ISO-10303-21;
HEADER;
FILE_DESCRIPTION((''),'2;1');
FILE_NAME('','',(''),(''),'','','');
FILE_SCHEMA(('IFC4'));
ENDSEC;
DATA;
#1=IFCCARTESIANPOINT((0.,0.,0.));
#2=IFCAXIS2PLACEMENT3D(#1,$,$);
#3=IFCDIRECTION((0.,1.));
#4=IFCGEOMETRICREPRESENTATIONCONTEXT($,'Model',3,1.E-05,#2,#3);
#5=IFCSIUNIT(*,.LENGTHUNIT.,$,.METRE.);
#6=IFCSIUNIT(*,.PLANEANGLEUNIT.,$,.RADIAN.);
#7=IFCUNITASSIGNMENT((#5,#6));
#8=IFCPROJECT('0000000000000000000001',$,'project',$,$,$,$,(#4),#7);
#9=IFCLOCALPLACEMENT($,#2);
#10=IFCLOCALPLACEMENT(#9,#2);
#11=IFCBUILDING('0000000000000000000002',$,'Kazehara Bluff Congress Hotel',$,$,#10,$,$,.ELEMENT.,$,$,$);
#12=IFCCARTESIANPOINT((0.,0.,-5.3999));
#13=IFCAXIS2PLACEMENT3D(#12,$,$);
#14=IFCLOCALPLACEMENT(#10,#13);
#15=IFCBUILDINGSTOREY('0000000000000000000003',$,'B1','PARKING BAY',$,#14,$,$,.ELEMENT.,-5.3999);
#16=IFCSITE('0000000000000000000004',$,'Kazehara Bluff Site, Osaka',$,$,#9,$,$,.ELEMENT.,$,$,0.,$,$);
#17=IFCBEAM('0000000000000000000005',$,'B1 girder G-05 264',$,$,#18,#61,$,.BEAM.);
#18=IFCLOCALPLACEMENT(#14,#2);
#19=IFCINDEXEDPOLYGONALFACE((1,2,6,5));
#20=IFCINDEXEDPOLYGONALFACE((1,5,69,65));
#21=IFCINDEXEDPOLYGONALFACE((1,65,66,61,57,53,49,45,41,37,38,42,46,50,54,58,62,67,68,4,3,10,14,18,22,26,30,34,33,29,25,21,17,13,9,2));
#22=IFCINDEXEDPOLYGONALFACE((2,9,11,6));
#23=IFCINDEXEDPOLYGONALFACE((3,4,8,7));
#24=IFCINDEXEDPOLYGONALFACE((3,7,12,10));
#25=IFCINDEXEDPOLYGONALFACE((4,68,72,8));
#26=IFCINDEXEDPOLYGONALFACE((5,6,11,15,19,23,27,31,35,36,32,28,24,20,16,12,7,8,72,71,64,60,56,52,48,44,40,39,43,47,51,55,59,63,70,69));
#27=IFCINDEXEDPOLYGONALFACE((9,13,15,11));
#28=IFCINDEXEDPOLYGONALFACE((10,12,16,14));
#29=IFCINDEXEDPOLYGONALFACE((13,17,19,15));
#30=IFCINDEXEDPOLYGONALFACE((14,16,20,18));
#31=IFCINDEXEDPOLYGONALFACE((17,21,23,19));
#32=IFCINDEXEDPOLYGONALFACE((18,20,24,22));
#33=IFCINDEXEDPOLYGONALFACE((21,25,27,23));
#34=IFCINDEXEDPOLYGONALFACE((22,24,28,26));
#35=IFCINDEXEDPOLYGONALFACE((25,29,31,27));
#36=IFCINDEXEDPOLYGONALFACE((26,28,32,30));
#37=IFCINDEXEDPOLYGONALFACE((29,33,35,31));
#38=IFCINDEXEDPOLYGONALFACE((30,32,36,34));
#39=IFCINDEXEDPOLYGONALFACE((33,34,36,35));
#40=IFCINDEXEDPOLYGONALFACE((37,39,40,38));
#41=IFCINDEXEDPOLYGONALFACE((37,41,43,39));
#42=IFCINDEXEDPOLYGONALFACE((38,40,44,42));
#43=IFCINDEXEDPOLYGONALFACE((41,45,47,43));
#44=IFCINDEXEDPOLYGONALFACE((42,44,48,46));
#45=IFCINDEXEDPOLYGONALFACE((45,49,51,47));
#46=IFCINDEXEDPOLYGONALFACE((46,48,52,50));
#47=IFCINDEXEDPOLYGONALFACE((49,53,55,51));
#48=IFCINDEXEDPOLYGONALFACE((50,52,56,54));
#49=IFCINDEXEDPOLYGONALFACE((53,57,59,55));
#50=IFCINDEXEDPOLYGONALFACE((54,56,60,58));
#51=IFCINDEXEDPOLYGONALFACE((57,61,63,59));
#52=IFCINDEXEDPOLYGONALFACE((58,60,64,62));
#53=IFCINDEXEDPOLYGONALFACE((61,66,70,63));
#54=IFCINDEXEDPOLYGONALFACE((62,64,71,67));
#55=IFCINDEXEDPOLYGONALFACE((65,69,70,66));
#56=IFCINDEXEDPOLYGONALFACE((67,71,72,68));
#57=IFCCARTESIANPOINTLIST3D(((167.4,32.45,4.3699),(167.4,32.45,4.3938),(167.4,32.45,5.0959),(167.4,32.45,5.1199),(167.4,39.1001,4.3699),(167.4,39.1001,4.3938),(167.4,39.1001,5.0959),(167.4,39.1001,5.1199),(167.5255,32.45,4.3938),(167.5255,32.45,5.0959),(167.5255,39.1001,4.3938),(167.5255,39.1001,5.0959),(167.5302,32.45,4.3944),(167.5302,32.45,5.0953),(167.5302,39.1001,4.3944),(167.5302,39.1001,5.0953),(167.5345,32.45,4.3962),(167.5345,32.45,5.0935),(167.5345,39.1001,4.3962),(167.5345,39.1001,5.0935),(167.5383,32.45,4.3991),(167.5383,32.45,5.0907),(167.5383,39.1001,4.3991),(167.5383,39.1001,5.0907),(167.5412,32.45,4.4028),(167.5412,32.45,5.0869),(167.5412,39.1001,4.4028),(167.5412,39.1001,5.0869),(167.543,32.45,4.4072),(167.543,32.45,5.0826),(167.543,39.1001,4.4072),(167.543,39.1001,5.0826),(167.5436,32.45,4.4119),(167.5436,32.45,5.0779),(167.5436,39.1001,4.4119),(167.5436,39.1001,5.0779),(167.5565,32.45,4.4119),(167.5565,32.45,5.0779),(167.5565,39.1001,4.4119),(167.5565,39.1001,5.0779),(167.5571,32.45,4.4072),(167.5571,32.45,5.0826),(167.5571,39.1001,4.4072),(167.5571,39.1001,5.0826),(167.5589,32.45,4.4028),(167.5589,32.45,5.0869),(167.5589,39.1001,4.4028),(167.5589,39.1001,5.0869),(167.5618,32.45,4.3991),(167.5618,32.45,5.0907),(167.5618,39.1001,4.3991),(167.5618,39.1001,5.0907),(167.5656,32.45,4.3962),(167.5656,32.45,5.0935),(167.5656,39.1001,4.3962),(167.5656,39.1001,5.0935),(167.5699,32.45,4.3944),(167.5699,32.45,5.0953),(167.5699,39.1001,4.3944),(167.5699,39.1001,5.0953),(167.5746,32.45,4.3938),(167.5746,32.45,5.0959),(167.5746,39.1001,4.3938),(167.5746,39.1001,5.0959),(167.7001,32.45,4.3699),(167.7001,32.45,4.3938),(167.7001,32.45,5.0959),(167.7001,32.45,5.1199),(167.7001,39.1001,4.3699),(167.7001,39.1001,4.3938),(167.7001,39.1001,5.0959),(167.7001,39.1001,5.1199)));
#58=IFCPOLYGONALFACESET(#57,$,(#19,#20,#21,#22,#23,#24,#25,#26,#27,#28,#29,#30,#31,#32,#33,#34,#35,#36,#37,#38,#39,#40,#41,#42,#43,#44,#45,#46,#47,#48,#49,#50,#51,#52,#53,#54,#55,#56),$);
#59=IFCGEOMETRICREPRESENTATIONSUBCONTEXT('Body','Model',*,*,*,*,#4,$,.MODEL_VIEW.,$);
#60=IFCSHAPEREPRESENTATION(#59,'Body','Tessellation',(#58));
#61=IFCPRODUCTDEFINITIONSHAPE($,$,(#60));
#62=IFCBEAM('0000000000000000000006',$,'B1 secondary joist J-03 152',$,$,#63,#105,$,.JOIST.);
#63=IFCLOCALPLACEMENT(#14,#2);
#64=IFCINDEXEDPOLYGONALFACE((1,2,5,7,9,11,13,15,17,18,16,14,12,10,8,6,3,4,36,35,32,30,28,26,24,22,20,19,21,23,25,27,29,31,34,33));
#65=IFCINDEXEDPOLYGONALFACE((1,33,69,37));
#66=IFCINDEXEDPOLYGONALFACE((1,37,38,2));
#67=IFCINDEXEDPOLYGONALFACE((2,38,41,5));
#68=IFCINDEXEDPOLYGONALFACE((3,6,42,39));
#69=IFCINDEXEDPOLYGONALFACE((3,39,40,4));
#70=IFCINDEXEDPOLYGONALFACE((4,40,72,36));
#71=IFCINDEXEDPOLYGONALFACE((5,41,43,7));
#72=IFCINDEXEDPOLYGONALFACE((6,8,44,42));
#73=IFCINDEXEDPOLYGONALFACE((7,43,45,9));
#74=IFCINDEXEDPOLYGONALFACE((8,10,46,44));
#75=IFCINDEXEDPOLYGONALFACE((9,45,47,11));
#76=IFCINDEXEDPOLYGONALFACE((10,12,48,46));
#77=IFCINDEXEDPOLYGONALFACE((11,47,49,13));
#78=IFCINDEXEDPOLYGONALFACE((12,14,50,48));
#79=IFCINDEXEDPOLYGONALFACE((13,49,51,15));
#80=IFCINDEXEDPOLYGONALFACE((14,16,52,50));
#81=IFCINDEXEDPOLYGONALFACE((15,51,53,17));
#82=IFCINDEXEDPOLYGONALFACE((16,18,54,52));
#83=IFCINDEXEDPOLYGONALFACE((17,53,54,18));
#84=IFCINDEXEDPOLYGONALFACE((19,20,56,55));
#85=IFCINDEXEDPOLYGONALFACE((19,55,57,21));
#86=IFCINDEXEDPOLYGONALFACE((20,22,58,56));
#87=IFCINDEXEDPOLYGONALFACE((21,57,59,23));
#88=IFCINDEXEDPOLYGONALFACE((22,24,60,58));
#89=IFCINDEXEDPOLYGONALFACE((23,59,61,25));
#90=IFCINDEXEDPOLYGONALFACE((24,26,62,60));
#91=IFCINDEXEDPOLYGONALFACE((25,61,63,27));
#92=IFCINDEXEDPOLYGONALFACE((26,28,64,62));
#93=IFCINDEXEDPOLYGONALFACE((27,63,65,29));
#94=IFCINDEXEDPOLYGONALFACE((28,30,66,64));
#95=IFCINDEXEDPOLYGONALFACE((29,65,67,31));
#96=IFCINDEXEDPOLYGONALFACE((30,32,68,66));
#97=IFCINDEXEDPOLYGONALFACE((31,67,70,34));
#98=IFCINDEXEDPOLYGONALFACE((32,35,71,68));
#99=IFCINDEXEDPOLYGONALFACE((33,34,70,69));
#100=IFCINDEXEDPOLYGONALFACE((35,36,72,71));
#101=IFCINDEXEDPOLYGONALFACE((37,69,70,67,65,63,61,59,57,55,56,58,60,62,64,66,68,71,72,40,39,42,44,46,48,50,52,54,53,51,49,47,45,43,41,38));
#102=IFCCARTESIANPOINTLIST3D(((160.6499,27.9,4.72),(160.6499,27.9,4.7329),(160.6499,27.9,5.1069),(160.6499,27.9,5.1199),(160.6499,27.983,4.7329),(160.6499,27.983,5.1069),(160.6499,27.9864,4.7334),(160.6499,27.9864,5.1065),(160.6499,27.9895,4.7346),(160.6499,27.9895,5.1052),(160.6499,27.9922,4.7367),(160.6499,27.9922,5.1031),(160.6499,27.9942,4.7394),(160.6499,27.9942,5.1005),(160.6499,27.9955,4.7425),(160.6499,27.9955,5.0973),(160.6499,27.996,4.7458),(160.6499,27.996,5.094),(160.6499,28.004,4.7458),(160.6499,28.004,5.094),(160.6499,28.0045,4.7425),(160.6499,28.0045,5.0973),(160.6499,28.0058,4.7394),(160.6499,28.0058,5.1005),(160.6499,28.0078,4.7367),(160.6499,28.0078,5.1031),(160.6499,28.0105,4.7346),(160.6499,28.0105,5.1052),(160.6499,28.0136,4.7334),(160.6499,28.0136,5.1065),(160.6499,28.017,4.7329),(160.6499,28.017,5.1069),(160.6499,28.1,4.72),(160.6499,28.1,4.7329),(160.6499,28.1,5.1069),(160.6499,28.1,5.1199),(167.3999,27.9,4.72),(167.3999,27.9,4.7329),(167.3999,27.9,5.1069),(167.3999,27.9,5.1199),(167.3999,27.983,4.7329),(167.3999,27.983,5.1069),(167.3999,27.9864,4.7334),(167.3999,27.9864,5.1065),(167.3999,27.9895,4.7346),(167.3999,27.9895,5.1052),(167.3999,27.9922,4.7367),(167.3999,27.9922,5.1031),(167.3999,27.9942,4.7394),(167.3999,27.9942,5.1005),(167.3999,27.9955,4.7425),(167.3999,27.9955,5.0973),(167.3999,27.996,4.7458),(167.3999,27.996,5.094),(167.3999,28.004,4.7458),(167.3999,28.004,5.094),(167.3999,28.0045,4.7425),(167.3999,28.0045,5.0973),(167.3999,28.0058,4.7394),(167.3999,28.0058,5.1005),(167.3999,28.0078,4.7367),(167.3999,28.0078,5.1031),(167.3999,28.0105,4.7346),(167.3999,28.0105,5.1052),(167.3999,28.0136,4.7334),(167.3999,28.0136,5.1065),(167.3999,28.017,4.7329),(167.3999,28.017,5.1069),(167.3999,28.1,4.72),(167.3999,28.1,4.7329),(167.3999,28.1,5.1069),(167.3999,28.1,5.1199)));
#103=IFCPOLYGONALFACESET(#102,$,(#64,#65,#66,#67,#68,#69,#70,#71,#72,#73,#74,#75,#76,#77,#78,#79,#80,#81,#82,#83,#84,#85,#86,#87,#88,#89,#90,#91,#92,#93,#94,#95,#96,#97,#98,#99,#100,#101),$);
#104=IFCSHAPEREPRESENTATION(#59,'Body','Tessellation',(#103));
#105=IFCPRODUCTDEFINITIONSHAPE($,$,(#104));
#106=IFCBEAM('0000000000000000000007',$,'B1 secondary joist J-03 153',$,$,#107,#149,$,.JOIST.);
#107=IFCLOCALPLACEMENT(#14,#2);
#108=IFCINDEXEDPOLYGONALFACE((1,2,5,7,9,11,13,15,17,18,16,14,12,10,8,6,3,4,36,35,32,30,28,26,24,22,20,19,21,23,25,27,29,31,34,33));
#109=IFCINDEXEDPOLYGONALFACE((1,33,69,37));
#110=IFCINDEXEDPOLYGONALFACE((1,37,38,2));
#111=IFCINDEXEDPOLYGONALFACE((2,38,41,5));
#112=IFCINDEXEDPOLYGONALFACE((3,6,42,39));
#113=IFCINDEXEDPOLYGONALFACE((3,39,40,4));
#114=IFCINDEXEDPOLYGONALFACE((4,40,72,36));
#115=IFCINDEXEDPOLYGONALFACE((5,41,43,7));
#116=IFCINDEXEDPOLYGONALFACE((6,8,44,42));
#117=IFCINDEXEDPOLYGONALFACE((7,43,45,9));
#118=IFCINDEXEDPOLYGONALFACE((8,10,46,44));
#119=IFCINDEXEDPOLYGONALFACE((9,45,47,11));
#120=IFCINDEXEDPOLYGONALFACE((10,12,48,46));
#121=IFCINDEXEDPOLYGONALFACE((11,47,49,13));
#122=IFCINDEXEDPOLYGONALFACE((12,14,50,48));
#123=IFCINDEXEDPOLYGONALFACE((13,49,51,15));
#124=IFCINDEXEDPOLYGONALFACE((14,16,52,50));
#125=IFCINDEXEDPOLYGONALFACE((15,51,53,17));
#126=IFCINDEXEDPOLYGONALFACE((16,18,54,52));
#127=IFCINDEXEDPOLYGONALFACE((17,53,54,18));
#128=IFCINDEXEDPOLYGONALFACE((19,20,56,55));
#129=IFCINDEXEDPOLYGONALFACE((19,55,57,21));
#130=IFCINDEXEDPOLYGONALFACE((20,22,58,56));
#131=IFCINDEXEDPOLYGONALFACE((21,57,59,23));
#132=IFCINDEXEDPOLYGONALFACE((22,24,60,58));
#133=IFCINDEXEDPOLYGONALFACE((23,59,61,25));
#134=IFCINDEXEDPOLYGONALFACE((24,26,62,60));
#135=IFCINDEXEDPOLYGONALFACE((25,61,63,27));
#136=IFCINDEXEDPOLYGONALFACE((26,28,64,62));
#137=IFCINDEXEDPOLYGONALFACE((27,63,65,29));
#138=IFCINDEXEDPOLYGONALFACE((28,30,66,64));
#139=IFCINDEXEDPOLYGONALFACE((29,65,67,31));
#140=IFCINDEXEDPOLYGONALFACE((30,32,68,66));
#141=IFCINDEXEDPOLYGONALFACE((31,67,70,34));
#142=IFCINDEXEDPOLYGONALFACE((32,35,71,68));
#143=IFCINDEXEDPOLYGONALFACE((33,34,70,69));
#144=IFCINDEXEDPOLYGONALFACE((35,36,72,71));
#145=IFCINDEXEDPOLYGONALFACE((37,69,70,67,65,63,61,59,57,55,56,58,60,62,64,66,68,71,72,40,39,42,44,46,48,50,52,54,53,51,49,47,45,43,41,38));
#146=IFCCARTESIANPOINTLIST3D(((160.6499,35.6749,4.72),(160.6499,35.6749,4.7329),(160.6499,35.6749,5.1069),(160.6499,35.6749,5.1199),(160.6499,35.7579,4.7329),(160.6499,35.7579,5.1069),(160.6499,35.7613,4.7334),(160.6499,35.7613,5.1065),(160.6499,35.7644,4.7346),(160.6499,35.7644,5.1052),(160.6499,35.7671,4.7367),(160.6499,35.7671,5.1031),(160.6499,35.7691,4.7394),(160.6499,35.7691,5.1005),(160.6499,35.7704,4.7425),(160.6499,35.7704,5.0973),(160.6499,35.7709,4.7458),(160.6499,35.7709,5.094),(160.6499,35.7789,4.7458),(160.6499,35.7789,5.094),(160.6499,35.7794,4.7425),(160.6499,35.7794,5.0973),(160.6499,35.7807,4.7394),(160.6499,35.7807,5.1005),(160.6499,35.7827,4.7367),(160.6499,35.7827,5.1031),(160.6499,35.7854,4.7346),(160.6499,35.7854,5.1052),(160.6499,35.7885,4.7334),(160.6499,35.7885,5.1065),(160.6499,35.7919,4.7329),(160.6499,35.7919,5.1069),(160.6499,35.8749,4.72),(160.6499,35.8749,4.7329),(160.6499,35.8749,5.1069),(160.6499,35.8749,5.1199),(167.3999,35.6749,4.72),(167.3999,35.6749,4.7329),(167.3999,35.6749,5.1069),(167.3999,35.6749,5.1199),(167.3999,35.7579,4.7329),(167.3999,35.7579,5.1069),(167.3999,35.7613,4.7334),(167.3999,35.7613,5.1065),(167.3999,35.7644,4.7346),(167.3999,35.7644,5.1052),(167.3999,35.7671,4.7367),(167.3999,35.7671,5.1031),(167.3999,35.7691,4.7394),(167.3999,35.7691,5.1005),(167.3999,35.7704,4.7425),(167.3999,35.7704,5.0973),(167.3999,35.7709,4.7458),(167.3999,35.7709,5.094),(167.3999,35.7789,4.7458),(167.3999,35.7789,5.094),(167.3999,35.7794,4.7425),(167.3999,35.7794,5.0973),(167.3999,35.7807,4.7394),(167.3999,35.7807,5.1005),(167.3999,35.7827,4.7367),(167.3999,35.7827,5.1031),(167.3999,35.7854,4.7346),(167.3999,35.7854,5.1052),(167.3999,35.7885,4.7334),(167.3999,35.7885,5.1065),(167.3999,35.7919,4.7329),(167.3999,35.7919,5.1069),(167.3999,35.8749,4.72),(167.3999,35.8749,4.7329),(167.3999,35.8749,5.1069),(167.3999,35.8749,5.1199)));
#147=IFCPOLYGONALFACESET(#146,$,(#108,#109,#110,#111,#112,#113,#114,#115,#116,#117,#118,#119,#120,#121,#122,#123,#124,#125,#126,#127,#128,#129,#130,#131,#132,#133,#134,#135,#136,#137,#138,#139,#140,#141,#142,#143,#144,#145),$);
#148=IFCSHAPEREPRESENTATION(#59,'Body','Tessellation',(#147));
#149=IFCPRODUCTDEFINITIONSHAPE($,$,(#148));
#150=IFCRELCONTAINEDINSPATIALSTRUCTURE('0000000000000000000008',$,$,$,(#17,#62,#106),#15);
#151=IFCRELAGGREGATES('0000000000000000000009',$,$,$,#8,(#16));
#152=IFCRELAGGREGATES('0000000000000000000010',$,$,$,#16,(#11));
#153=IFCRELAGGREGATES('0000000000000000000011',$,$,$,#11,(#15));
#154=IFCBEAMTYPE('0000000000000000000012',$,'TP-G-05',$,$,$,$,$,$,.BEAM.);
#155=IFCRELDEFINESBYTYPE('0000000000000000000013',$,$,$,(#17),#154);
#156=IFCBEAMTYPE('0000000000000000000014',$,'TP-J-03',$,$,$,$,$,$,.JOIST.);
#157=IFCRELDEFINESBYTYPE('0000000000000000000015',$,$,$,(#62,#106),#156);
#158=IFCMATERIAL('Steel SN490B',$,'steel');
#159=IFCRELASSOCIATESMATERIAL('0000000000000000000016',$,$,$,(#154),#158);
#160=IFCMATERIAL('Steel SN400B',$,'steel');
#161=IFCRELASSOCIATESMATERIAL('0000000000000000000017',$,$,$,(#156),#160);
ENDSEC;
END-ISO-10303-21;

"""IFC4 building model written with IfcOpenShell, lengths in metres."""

from ifc_helpers import new_model, si_unit, direction, frame, origin, origin_2d, place, context, subcontext, project, spatial, i_section, extrude, material, material_profile, profile_set, type_object, element, save


model = new_model("IFC4")

# Units and contexts
model_context = context("Model", 3, precision=1e-05, world=origin(), true_north=direction((0.0, 1.0)))
body_context = subcontext(model_context, "Body", "Model", "MODEL_VIEW")
ifc_project = project(units=[si_unit("LENGTHUNIT", "METRE"), si_unit("PLANEANGLEUNIT", "RADIAN")], contexts=[model_context])

# Site, building, storey
site_placement = place(None, origin())
site = spatial("IfcSite", under=ifc_project, at=site_placement, Name="Kazehara Bluff Site, Osaka", CompositionType="ELEMENT", RefElevation=0.0)
building_placement = place(site_placement, origin())
building = spatial("IfcBuilding", under=site, at=building_placement, Name="Kazehara Bluff Congress Hotel", CompositionType="ELEMENT")
storey_placement = place(building_placement, frame((0.0, 0.0, -5.3999)))
storey = spatial("IfcBuildingStorey", under=building, at=storey_placement, Name="B1", Description="PARKING BAY", CompositionType="ELEMENT", Elevation=-5.3999)

# Beams
ifc_material_1 = material(Name="Steel SN490B", Category="steel")
ifc_material_profile_1 = material_profile(ifc_material_1, i_section(OverallWidth=0.3, OverallDepth=0.75, WebThickness=0.0129, FlangeThickness=0.0239, FilletRadius=0.0181, at=origin_2d()))
ifc_profile_set_1 = profile_set([ifc_material_profile_1], Name="Steel SN490B")
beam_type_1 = type_object("IfcBeamType", Name="TP-G-05", PredefinedType="BEAM", material=ifc_profile_set_1)
beam_placement = place(storey_placement, frame((167.55, 32.45, 4.7449), z_axis=(0.0, 1.0, 0.0), x_axis=(-1.0, 0.0, 0.0)))
element("IfcBeam", 1, at=beam_placement, inside=storey, type_object=beam_type_1, Name="B1 girder G-05 264", PredefinedType="BEAM", context=body_context, shape_type="SweptSolid", body=[
    extrude(i_section(OverallWidth=0.3, OverallDepth=0.75, WebThickness=0.0129, FlangeThickness=0.0239, FilletRadius=0.0181, at=origin_2d()), origin(), (0.0, 0.0, 1.0), 6.6501),
])
ifc_material_2 = material(Name="Steel SN400B", Category="steel")
ifc_material_profile_2 = material_profile(ifc_material_2, i_section(OverallWidth=0.2, OverallDepth=0.3999, WebThickness=0.0081, FlangeThickness=0.0129, FilletRadius=0.0129, at=origin_2d()))
ifc_profile_set_2 = profile_set([ifc_material_profile_2], Name="Steel SN400B")
beam_type_2 = type_object("IfcBeamType", Name="TP-J-03", PredefinedType="JOIST", material=ifc_profile_set_2)
for number, where, z_axis, x_axis, name in (
    (2, (160.6499, 28.0, 4.9199), (1.0, 0.0, 0.0), (0.0, 1.0, 0.0), "B1 secondary joist J-03 152"),
    (3, (160.6499, 35.7749, 4.9199), (1.0, 0.0, 0.0), (0.0, 1.0, 0.0), "B1 secondary joist J-03 153"),
):
    element("IfcBeam", number, at=place(storey_placement, frame(where, z_axis=z_axis, x_axis=x_axis)), inside=storey, type_object=beam_type_2, Name=name, PredefinedType="JOIST", context=body_context, shape_type="SweptSolid", body=[
        extrude(i_section(OverallWidth=0.2, OverallDepth=0.3999, WebThickness=0.0081, FlangeThickness=0.0129, FilletRadius=0.0129, at=origin_2d()), origin(), (0.0, 0.0, 1.0), 6.75),
    ])

save(model, "model.ifc")
